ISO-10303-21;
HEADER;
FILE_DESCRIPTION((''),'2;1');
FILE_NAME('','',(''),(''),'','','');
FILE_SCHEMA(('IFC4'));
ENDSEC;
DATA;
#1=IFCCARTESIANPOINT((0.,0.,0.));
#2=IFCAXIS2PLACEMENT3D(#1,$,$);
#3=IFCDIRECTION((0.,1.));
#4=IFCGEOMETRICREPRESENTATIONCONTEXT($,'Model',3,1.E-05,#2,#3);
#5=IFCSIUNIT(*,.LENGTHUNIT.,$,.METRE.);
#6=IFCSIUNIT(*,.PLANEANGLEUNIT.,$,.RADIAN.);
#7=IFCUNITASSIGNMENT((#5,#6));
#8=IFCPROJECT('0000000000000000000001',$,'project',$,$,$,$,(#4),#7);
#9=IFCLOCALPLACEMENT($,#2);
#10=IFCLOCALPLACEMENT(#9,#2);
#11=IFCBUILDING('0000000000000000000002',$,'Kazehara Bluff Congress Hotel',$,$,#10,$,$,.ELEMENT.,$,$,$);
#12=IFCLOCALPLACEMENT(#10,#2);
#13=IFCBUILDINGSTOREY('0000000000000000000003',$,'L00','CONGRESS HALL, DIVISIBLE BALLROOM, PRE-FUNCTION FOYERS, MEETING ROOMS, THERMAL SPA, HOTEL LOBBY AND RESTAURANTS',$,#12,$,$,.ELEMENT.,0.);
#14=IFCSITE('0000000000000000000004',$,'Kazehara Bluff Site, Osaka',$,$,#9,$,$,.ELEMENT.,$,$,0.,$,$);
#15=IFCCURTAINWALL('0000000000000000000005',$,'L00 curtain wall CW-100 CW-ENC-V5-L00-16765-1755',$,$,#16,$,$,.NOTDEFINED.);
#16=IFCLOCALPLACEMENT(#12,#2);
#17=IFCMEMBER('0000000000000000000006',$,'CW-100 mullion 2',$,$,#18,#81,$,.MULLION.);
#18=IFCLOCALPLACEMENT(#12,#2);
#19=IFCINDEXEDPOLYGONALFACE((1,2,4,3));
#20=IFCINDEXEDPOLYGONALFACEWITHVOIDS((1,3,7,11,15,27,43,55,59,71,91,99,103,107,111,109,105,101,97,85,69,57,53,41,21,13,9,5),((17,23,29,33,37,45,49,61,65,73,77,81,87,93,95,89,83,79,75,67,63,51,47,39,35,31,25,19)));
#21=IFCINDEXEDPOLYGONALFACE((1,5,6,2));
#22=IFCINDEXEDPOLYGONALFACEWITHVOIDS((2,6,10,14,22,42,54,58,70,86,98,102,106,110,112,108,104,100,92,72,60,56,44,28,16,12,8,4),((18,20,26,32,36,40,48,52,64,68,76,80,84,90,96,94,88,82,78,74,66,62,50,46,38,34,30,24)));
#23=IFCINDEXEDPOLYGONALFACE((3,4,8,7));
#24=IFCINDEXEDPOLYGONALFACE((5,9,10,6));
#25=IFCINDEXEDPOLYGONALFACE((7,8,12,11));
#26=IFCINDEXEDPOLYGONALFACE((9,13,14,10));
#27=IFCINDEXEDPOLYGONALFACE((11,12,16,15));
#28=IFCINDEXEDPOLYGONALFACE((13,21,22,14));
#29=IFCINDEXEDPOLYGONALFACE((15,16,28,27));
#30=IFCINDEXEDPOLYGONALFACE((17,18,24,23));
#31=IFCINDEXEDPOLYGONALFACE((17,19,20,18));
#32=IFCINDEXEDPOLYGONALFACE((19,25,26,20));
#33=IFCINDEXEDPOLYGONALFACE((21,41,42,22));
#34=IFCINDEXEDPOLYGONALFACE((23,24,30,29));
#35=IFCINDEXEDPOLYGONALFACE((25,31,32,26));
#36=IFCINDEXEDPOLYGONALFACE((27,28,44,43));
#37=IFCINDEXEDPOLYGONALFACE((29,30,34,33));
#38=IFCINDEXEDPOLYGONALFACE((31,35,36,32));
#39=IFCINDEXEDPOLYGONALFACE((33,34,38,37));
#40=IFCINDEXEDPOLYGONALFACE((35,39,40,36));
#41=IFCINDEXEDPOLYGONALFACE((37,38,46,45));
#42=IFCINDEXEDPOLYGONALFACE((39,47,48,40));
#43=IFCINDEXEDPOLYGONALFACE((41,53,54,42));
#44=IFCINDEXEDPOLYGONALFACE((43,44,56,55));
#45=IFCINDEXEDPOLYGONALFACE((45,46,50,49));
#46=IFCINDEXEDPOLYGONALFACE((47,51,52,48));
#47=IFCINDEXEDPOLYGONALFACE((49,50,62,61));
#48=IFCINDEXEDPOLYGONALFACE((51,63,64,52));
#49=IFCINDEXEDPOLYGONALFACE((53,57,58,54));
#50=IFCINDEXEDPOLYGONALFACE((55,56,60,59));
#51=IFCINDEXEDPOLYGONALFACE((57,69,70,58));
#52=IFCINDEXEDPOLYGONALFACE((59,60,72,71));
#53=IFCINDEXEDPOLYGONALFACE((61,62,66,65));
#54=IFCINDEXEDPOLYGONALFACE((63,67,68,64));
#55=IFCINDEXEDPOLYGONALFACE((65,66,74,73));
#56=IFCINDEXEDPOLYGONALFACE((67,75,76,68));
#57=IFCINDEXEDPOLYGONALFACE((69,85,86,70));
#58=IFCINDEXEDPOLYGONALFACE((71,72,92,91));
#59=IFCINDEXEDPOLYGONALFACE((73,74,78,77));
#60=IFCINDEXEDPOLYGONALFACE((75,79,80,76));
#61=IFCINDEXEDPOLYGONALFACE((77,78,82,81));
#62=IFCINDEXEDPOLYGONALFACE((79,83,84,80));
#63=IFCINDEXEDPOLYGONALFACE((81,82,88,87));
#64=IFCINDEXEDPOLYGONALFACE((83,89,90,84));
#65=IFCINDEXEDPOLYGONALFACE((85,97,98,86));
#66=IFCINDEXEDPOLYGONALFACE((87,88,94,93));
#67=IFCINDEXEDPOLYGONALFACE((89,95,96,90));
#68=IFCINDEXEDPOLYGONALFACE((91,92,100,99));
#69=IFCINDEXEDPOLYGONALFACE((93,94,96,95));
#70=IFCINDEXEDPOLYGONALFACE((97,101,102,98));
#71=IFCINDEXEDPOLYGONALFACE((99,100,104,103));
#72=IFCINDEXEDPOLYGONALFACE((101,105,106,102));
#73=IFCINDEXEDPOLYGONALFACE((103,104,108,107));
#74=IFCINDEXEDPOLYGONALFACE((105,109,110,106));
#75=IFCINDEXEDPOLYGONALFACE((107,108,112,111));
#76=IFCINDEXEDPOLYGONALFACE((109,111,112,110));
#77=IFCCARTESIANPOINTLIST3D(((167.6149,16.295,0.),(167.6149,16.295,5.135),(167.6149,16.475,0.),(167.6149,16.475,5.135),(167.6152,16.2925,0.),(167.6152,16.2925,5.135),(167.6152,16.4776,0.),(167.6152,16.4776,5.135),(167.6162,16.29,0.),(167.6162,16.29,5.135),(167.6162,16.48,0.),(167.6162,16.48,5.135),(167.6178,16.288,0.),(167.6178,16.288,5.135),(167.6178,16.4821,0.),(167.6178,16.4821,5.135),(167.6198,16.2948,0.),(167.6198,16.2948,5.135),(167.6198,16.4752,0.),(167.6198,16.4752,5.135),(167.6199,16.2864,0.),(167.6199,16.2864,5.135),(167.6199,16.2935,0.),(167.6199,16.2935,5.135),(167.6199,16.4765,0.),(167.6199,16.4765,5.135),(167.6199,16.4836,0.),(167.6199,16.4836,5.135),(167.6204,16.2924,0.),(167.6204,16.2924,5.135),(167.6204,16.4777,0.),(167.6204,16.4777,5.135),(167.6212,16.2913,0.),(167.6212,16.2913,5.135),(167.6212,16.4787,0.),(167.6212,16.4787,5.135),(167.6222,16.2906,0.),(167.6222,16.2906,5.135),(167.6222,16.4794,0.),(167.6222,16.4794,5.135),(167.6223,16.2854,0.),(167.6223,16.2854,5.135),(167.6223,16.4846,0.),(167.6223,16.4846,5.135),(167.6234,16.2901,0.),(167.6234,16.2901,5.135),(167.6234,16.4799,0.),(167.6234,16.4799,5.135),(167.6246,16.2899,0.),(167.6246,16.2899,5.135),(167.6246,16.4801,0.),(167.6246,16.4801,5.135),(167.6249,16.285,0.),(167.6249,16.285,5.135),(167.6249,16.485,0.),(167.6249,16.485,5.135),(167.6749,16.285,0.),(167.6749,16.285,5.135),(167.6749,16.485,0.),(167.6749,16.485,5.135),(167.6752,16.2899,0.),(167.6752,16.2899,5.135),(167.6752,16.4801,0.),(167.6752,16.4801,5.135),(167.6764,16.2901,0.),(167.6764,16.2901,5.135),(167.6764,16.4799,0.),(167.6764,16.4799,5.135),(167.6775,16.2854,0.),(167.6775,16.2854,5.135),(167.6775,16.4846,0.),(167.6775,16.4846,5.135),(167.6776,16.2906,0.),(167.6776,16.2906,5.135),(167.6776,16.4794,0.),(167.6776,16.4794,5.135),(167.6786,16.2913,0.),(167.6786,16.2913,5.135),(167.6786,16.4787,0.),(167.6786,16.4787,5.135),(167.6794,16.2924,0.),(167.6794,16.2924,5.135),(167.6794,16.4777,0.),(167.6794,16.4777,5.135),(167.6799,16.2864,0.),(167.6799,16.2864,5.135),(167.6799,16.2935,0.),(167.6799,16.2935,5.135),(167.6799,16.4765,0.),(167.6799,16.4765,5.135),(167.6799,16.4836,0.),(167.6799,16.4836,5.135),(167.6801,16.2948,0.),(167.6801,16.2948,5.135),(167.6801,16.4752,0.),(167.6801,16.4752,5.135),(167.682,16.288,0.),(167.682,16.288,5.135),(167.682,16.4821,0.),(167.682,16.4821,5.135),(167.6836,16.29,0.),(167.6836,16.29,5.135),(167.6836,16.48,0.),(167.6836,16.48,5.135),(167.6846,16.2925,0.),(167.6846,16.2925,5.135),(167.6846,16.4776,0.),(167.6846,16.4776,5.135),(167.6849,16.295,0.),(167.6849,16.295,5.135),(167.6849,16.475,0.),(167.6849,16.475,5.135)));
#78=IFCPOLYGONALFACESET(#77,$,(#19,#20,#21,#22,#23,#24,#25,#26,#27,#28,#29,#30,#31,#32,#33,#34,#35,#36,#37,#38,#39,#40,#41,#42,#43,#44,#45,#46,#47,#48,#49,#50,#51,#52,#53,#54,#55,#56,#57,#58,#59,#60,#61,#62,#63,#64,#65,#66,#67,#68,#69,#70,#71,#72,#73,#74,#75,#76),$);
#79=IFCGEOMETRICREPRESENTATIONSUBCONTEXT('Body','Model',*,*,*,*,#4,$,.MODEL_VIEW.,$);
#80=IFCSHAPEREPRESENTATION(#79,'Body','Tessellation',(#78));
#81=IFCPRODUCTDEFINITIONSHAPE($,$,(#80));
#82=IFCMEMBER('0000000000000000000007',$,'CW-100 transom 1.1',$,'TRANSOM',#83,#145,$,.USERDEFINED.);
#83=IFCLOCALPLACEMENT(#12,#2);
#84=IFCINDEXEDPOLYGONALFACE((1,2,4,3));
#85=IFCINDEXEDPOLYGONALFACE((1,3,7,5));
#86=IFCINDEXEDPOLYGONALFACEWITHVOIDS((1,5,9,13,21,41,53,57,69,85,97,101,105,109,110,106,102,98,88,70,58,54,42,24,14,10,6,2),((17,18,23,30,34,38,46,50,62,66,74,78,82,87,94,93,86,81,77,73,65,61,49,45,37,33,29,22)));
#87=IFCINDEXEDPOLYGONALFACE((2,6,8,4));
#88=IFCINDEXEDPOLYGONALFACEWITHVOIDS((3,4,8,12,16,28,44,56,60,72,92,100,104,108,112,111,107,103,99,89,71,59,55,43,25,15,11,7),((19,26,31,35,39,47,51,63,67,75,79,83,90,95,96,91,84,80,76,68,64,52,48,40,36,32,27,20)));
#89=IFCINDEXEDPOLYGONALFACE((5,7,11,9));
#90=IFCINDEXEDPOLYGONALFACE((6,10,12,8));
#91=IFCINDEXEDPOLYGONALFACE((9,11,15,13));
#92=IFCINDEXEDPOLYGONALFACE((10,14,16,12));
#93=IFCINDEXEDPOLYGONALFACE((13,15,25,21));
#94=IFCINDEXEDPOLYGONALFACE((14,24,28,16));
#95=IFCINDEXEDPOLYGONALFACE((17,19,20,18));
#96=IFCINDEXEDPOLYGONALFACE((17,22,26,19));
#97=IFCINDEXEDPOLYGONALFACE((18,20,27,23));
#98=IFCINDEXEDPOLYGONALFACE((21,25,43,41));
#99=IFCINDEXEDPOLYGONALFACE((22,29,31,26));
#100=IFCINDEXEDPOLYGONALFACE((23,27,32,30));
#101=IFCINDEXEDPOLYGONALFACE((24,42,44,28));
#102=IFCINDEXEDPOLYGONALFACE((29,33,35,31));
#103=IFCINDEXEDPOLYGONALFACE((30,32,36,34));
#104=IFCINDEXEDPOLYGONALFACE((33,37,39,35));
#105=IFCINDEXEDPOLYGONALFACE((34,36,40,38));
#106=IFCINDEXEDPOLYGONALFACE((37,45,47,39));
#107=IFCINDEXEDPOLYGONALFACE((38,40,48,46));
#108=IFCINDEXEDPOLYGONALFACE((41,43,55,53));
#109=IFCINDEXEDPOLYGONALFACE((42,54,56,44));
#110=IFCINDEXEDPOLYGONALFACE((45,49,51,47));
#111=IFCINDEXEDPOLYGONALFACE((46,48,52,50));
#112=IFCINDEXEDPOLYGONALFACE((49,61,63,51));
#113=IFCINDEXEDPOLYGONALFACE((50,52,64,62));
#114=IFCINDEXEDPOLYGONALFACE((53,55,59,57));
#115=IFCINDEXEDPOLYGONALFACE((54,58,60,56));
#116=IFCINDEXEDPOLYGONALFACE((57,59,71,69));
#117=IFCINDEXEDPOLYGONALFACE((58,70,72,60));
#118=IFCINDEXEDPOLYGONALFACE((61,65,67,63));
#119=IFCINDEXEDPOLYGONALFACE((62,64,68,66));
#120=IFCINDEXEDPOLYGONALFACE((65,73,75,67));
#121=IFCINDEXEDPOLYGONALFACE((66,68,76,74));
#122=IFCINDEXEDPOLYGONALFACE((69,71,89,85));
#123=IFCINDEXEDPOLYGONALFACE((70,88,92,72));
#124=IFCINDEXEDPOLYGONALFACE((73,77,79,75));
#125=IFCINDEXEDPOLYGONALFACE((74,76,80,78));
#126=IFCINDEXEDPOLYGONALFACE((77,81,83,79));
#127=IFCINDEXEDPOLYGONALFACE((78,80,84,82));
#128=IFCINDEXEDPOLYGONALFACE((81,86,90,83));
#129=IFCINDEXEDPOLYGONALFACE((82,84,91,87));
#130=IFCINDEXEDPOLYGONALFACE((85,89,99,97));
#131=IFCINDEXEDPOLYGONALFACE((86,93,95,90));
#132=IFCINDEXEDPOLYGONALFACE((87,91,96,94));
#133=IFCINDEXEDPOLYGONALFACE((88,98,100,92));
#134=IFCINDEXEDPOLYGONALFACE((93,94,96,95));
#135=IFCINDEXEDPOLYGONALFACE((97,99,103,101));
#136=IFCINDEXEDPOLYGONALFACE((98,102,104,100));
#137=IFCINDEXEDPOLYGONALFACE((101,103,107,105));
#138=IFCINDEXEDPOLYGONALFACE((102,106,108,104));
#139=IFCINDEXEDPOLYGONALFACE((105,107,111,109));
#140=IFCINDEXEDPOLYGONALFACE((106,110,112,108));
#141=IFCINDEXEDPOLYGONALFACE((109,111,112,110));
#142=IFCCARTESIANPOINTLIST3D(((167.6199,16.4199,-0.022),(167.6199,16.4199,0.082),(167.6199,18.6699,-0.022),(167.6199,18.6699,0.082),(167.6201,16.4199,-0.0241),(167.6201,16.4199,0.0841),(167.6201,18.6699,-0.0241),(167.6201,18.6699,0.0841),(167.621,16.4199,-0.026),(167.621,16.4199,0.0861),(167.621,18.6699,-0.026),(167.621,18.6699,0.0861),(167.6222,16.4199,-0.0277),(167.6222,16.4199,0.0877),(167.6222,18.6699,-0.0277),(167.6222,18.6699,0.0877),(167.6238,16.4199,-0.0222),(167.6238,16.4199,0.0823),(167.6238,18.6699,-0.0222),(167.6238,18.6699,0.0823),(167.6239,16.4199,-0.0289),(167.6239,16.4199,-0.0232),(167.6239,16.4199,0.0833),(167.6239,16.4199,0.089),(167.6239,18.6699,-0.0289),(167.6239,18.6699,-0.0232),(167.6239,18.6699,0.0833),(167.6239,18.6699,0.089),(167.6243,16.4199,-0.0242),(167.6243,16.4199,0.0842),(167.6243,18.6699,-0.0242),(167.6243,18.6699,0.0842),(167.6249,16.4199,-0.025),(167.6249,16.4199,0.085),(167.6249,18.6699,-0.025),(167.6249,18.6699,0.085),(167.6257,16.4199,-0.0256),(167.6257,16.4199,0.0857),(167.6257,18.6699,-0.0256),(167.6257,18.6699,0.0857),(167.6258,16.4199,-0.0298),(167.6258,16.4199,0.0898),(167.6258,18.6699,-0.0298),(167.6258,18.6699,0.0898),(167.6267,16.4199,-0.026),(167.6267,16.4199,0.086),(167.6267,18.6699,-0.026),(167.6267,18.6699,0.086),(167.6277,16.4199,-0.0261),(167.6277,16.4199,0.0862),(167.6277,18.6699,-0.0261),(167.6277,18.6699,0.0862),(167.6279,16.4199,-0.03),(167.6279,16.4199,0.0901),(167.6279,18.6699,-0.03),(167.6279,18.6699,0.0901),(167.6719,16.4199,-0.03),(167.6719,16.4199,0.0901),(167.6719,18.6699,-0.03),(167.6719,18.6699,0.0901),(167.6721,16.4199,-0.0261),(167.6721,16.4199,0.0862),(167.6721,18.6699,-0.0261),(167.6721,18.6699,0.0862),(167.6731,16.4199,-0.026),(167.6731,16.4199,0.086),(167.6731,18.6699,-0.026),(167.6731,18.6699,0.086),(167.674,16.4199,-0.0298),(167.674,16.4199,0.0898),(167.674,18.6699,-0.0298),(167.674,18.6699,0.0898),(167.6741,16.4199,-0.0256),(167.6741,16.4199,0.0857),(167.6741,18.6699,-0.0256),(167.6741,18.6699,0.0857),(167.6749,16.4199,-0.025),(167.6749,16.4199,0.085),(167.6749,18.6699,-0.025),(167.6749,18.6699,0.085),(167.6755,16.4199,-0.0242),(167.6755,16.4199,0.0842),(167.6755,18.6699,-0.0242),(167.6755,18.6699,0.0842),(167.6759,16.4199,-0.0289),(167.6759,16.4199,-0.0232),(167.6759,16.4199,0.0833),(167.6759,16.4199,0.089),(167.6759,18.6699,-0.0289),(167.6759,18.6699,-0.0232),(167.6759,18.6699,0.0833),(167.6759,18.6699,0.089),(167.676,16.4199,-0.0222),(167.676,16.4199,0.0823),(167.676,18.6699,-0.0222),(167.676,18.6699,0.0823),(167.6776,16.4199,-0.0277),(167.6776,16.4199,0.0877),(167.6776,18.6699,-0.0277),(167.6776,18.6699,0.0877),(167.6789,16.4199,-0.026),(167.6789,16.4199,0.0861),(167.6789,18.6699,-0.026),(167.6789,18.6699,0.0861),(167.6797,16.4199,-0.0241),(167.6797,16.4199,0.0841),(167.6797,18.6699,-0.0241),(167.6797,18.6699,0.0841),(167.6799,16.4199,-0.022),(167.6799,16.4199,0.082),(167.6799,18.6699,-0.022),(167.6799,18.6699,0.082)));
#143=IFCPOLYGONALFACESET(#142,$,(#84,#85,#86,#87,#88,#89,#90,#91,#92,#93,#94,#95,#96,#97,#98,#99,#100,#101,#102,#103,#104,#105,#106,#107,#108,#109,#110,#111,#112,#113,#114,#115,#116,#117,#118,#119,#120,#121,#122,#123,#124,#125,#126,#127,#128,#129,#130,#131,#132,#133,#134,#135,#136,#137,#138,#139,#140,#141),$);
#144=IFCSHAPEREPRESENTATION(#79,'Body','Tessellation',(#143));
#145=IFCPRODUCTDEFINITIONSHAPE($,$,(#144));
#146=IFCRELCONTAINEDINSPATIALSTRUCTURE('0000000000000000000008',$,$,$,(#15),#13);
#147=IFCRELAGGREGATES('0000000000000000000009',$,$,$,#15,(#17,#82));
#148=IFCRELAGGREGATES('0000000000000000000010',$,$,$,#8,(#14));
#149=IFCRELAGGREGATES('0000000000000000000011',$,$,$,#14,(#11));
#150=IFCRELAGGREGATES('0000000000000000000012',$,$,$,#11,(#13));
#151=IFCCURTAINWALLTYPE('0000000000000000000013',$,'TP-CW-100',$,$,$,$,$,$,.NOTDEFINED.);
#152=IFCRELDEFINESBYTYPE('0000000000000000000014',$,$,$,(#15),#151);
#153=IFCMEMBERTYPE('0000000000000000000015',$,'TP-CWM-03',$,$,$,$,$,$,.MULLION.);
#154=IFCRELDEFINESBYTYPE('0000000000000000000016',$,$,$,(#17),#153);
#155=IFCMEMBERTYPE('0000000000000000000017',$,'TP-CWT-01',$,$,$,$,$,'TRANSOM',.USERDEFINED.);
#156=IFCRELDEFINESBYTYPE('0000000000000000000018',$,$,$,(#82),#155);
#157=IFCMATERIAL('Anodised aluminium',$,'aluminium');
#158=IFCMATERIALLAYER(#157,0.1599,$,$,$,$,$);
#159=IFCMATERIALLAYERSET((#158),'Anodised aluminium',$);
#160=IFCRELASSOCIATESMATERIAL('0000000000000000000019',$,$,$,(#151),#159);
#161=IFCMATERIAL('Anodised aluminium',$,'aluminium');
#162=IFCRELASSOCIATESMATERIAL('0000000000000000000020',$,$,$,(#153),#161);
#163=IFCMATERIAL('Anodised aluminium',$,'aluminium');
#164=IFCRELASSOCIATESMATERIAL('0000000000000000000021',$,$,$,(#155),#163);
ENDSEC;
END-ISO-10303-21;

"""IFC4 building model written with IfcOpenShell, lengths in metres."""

from ifc_helpers import new_model, si_unit, direction, frame, origin, origin_2d, place, context, subcontext, project, spatial, hollow_rectangle, extrude, material, layer, layer_set, material_profile, profile_set, type_object, element, aggregate, save


model = new_model("IFC4")

# Units and contexts
model_context = context("Model", 3, precision=1e-05, world=origin(), true_north=direction((0.0, 1.0)))
body_context = subcontext(model_context, "Body", "Model", "MODEL_VIEW")
ifc_project = project(units=[si_unit("LENGTHUNIT", "METRE"), si_unit("PLANEANGLEUNIT", "RADIAN")], contexts=[model_context])

# Site, building, storey
site_placement = place(None, origin())
site = spatial("IfcSite", under=ifc_project, at=site_placement, Name="Kazehara Bluff Site, Osaka", CompositionType="ELEMENT", RefElevation=0.0)
building_placement = place(site_placement, origin())
building = spatial("IfcBuilding", under=site, at=building_placement, Name="Kazehara Bluff Congress Hotel", CompositionType="ELEMENT")
storey_placement = place(building_placement, origin())
storey = spatial("IfcBuildingStorey", under=building, at=storey_placement, Name="L00", Description="CONGRESS HALL, DIVISIBLE BALLROOM, PRE-FUNCTION FOYERS, MEETING ROOMS, THERMAL SPA, HOTEL LOBBY AND RESTAURANTS", CompositionType="ELEMENT", Elevation=0.0)

# Curtain wall, members
ifc_material_1 = material(Name="Anodised aluminium", Category="aluminium")
ifc_layer_1 = layer(ifc_material_1, 0.1599)
ifc_layer_set_1 = layer_set([ifc_layer_1], Name="Anodised aluminium")
curtain_wall_type = type_object("IfcCurtainWallType", Name="TP-CW-100", PredefinedType="NOTDEFINED", material=ifc_layer_set_1)
curtain_wall_placement = place(storey_placement, origin())
curtain_wall = element("IfcCurtainWall", 1, at=curtain_wall_placement, inside=storey, type_object=curtain_wall_type, Name="L00 curtain wall CW-100 CW-ENC-V5-L00-16765-1755", PredefinedType="NOTDEFINED")
ifc_material_2 = material(Name="Anodised aluminium", Category="aluminium")
ifc_material_profile_1 = material_profile(ifc_material_2, hollow_rectangle(XDim=0.0701, YDim=0.2, WallThickness=0.0049, InnerFilletRadius=0.0049, OuterFilletRadius=0.01, at=origin_2d()))
ifc_profile_set_1 = profile_set([ifc_material_profile_1], Name="Anodised aluminium")
member_type_1 = type_object("IfcMemberType", Name="TP-CWM-03", PredefinedType="MULLION", material=ifc_profile_set_1)
member_1_placement = place(storey_placement, frame((167.6499, 16.385, 0.0), z_axis=(0.0, 0.0, 1.0), x_axis=(1.0, 0.0, 0.0)))
member_1 = element("IfcMember", 2, at=member_1_placement, type_object=member_type_1, Name="CW-100 mullion 2", PredefinedType="MULLION", context=body_context, shape_type="SweptSolid", body=[
    extrude(hollow_rectangle(XDim=0.0701, YDim=0.2, WallThickness=0.0049, InnerFilletRadius=0.0049, OuterFilletRadius=0.01, at=origin_2d()), origin(), (0.0, 0.0, 1.0), 5.135),
])
ifc_material_3 = material(Name="Anodised aluminium", Category="aluminium")
ifc_material_profile_2 = material_profile(ifc_material_3, hollow_rectangle(XDim=0.0601, YDim=0.1201, WallThickness=0.0039, InnerFilletRadius=0.0039, OuterFilletRadius=0.0081, at=origin_2d()))
ifc_profile_set_2 = profile_set([ifc_material_profile_2], Name="Anodised aluminium")
member_type_2 = type_object("IfcMemberType", Name="TP-CWT-01", ElementType="TRANSOM", PredefinedType="USERDEFINED", material=ifc_profile_set_2)
member_2_placement = place(storey_placement, frame((167.6499, 18.6699, 0.03), z_axis=(0.0, -1.0, 0.0), x_axis=(1.0, 0.0, 0.0)))
member_2 = element("IfcMember", 3, at=member_2_placement, type_object=member_type_2, Name="CW-100 transom 1.1", ObjectType="TRANSOM", PredefinedType="USERDEFINED", context=body_context, shape_type="SweptSolid", body=[
    extrude(hollow_rectangle(XDim=0.0601, YDim=0.1201, WallThickness=0.0039, InnerFilletRadius=0.0039, OuterFilletRadius=0.0081, at=origin_2d()), origin(), (0.0, 0.0, 1.0), 2.25),
])

aggregate(curtain_wall, [member_1, member_2])

save(model, "model.ifc")
